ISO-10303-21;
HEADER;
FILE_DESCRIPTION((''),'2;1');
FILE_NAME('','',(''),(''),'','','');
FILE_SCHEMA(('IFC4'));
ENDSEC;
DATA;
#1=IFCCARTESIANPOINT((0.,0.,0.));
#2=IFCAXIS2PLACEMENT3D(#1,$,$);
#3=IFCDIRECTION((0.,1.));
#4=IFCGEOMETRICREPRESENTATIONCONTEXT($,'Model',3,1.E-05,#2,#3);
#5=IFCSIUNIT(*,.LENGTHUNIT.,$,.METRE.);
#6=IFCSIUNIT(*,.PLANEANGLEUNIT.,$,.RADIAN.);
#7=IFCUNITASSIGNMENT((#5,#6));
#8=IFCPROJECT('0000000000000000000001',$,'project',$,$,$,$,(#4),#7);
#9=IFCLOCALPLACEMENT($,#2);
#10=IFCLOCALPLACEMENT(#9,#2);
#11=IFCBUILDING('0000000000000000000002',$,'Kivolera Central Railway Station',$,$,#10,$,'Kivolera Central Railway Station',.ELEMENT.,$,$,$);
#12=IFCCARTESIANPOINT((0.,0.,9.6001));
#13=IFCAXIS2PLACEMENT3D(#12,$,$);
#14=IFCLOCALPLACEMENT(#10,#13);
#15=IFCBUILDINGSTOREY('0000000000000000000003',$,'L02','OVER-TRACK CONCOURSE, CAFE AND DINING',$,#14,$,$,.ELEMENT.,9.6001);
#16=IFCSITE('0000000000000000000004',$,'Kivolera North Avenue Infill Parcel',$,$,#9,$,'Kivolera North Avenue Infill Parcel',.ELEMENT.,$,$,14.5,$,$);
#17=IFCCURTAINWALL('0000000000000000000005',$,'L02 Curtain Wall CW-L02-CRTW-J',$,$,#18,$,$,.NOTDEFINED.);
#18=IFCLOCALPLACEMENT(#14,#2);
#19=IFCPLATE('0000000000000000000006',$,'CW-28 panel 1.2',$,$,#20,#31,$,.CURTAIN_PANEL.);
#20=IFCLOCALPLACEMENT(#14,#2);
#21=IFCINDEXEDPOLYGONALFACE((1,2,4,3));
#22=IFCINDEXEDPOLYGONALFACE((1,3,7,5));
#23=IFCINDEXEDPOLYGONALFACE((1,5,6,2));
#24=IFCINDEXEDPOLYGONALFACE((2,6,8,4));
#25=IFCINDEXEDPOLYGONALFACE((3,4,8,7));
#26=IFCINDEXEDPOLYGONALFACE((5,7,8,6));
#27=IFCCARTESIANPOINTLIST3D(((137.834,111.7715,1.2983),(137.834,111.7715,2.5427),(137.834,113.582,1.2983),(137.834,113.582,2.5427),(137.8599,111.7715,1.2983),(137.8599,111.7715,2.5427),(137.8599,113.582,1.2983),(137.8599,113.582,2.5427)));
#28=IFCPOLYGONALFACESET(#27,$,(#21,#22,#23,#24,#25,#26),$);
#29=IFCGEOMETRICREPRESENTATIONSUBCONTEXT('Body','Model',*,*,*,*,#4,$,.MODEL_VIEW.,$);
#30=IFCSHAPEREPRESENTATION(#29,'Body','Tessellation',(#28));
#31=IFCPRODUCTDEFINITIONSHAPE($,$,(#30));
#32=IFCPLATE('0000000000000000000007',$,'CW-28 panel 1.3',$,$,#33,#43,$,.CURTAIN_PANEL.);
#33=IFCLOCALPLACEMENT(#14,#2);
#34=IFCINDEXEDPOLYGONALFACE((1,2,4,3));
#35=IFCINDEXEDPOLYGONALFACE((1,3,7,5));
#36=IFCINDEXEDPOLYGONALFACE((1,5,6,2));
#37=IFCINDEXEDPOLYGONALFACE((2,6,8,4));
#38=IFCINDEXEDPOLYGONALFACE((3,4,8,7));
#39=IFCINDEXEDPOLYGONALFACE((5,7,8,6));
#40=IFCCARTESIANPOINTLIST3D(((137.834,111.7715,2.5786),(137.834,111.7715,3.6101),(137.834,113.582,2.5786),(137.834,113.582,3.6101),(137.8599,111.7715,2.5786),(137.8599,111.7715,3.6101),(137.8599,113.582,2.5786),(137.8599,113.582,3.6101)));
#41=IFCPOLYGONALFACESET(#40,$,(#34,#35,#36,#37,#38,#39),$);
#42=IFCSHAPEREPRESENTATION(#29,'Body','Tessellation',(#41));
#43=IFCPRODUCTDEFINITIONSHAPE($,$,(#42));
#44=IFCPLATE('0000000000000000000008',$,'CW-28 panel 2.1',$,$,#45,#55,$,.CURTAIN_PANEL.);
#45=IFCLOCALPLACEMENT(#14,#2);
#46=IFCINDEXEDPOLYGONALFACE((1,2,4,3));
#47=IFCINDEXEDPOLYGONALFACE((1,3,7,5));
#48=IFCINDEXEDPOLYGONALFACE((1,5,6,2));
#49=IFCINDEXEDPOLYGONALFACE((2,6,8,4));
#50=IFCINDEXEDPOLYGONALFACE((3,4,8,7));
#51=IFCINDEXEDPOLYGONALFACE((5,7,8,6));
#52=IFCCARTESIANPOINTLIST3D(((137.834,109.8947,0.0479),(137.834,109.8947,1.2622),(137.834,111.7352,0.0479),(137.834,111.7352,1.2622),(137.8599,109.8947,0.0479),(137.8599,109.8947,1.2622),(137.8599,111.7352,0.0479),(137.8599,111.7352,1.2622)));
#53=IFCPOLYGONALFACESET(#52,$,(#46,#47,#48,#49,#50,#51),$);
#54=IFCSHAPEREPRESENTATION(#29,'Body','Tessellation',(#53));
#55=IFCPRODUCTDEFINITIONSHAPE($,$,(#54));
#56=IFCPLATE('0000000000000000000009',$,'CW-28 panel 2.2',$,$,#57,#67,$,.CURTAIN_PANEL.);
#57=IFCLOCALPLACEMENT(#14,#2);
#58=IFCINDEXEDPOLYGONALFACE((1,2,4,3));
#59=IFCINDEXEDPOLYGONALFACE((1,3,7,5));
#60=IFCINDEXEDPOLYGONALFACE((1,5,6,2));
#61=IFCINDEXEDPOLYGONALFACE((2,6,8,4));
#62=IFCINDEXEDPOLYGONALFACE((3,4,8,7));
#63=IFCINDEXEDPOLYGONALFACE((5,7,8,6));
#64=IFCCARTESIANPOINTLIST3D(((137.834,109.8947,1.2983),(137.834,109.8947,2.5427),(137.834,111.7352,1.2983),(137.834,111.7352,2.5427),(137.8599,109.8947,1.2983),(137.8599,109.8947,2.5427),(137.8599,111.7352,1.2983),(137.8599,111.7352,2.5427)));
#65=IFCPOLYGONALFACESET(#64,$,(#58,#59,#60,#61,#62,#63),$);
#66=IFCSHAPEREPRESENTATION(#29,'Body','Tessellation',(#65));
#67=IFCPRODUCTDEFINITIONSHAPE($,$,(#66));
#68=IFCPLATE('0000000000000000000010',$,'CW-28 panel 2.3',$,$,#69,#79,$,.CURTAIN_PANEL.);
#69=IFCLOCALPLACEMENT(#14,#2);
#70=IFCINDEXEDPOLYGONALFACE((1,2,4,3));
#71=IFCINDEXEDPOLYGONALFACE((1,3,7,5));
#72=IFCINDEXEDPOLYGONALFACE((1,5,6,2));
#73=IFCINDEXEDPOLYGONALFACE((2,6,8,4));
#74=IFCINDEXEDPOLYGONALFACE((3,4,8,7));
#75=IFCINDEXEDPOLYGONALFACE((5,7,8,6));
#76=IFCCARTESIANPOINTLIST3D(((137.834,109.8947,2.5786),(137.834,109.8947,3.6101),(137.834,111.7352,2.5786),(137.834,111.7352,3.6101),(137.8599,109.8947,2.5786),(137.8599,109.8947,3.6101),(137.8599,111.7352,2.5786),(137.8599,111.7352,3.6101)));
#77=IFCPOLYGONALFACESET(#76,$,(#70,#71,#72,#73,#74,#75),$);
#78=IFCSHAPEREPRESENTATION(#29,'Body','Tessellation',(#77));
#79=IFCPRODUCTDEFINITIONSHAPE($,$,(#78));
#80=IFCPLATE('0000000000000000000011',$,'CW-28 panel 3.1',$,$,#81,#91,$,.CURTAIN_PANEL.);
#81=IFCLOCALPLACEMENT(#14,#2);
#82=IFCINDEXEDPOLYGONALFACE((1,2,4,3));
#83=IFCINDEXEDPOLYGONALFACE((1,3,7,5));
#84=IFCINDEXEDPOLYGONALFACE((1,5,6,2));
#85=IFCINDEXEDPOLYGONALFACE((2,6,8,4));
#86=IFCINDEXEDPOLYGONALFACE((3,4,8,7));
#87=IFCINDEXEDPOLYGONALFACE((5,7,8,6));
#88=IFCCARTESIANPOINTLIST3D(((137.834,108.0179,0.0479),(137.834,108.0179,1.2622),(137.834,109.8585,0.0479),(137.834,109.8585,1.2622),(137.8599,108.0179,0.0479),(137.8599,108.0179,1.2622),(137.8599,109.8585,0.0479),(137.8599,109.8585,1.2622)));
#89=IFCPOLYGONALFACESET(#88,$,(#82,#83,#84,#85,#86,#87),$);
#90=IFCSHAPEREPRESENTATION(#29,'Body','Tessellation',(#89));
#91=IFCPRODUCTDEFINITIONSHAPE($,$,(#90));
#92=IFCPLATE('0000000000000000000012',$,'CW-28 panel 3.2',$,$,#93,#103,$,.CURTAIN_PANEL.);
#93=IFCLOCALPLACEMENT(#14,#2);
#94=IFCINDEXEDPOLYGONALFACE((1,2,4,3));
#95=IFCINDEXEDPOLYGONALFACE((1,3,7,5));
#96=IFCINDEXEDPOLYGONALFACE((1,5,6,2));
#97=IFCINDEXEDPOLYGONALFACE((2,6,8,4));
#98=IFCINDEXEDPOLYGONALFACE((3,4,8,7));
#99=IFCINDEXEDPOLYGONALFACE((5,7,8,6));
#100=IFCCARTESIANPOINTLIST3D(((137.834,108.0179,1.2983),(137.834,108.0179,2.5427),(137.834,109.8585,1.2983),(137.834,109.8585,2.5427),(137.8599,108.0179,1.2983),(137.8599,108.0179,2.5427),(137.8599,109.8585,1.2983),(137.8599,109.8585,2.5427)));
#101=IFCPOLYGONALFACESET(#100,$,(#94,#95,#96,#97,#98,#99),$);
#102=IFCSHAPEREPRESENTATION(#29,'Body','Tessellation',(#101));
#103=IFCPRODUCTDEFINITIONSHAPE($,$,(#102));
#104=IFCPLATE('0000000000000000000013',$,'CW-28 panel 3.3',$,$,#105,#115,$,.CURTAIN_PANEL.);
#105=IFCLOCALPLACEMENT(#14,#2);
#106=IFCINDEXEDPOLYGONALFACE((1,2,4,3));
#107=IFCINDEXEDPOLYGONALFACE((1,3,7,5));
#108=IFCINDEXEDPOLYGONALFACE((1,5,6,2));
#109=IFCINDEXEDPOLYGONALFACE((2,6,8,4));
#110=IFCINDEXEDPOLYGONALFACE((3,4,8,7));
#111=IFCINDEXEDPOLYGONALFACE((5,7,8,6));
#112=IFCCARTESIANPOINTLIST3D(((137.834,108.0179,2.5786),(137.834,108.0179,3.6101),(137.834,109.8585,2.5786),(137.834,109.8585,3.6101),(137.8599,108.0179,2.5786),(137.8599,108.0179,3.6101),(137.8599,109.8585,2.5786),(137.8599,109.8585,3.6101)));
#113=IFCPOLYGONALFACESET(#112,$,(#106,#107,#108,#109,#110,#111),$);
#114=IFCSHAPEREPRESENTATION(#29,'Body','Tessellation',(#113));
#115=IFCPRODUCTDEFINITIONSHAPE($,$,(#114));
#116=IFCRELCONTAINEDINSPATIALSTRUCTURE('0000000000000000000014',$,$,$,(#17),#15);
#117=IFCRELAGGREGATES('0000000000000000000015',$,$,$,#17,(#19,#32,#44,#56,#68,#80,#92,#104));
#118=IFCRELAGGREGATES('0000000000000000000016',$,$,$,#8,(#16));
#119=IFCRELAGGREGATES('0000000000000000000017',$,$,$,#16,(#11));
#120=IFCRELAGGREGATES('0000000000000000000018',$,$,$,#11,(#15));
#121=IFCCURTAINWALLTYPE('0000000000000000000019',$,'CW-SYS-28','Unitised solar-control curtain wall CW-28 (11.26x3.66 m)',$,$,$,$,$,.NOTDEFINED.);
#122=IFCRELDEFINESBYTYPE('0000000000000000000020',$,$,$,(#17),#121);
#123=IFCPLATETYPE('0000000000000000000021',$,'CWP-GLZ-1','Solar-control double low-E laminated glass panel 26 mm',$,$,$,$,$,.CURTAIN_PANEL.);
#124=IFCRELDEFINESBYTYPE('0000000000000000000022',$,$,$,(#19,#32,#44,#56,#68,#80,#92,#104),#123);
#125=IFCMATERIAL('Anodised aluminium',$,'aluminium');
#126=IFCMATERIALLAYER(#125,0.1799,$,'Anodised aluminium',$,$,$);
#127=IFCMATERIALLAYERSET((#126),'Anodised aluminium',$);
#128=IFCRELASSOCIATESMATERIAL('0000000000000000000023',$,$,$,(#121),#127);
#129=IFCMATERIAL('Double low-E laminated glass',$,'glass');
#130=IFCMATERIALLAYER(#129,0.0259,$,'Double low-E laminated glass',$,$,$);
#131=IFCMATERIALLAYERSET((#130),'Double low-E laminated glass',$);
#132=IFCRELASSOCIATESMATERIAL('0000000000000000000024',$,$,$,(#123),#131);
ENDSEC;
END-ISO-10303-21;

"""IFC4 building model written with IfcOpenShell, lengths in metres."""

from ifc_helpers import new_model, si_unit, direction, frame, origin, origin_2d, place, context, subcontext, project, spatial, rectangle, extrude, material, layer, layer_set, type_object, element, aggregate, save


model = new_model("IFC4")

# Units and contexts
model_context = context("Model", 3, precision=1e-05, world=origin(), true_north=direction((0.0, 1.0)))
body_context = subcontext(model_context, "Body", "Model", "MODEL_VIEW")
ifc_project = project(units=[si_unit("LENGTHUNIT", "METRE"), si_unit("PLANEANGLEUNIT", "RADIAN")], contexts=[model_context])

# Site, building, storey
site_placement = place(None, origin())
site = spatial("IfcSite", under=ifc_project, at=site_placement, Name="Kivolera North Avenue Infill Parcel", LongName="Kivolera North Avenue Infill Parcel", CompositionType="ELEMENT", RefElevation=14.5)
building_placement = place(site_placement, origin())
building = spatial("IfcBuilding", under=site, at=building_placement, Name="Kivolera Central Railway Station", LongName="Kivolera Central Railway Station", CompositionType="ELEMENT")
storey_placement = place(building_placement, frame((0.0, 0.0, 9.6001)))
storey = spatial("IfcBuildingStorey", under=building, at=storey_placement, Name="L02", Description="OVER-TRACK CONCOURSE, CAFE AND DINING", CompositionType="ELEMENT", Elevation=9.6001)

# Shared definitions
ifc_material_1 = material(Name="Anodised aluminium", Category="aluminium")

# Curtain wall, plates
ifc_layer_1 = layer(ifc_material_1, 0.1799, Name="Anodised aluminium")
ifc_layer_set_1 = layer_set([ifc_layer_1], Name="Anodised aluminium")
curtain_wall_type_1 = type_object("IfcCurtainWallType", Name="CW-SYS-28", Description="Unitised solar-control curtain wall CW-28 (11.26x3.66 m)", PredefinedType="NOTDEFINED", material=ifc_layer_set_1)
curtain_wall_1_placement = place(storey_placement, origin())
curtain_wall_1 = element("IfcCurtainWall", 1, at=curtain_wall_1_placement, inside=storey, type_object=curtain_wall_type_1, Name="L02 Curtain Wall CW-L02-CRTW-J", PredefinedType="NOTDEFINED")
ifc_material_2 = material(Name="Double low-E laminated glass", Category="glass")
ifc_layer_2 = layer(ifc_material_2, 0.0259, Name="Double low-E laminated glass")
ifc_layer_set_2 = layer_set([ifc_layer_2], Name="Double low-E laminated glass")
plate_type = type_object("IfcPlateType", Name="CWP-GLZ-1", Description="Solar-control double low-E laminated glass panel 26 mm", PredefinedType="CURTAIN_PANEL", material=ifc_layer_set_2)
plate_1_placement = place(storey_placement, frame((137.8469, 112.6768, 1.2983), z_axis=(0.0, 0.0, 1.0), x_axis=(0.0, -1.0, 0.0)))
plate_1 = element("IfcPlate", 2, at=plate_1_placement, type_object=plate_type, Name="CW-28 panel 1.2", PredefinedType="CURTAIN_PANEL", context=body_context, shape_type="SweptSolid", body=[
    extrude(rectangle(XDim=1.8105, YDim=0.0259, at=origin_2d()), origin(), (0.0, 0.0, 1.0), 1.2444),
])
plate_2_placement = place(storey_placement, frame((137.8469, 112.6768, 2.5786), z_axis=(0.0, 0.0, 1.0), x_axis=(0.0, -1.0, 0.0)))
plate_2 = element("IfcPlate", 3, at=plate_2_placement, type_object=plate_type, Name="CW-28 panel 1.3", PredefinedType="CURTAIN_PANEL", context=body_context, shape_type="SweptSolid", body=[
    extrude(rectangle(XDim=1.8105, YDim=0.0259, at=origin_2d()), origin(), (0.0, 0.0, 1.0), 1.0315),
])
plate_3_placement = place(storey_placement, frame((137.8469, 110.8149, 0.0479), z_axis=(0.0, 0.0, 1.0), x_axis=(0.0, -1.0, 0.0)))
plate_3 = element("IfcPlate", 4, at=plate_3_placement, type_object=plate_type, Name="CW-28 panel 2.1", PredefinedType="CURTAIN_PANEL", context=body_context, shape_type="SweptSolid", body=[
    extrude(rectangle(XDim=1.8406, YDim=0.0259, at=origin_2d()), origin(), (0.0, 0.0, 1.0), 1.2144),
])
plate_4_placement = place(storey_placement, frame((137.8469, 110.8149, 1.2983), z_axis=(0.0, 0.0, 1.0), x_axis=(0.0, -1.0, 0.0)))
plate_4 = element("IfcPlate", 5, at=plate_4_placement, type_object=plate_type, Name="CW-28 panel 2.2", PredefinedType="CURTAIN_PANEL", context=body_context, shape_type="SweptSolid", body=[
    extrude(rectangle(XDim=1.8406, YDim=0.0259, at=origin_2d()), origin(), (0.0, 0.0, 1.0), 1.2444),
])
plate_5_placement = place(storey_placement, frame((137.8469, 110.8149, 2.5786), z_axis=(0.0, 0.0, 1.0), x_axis=(0.0, -1.0, 0.0)))
plate_5 = element("IfcPlate", 6, at=plate_5_placement, type_object=plate_type, Name="CW-28 panel 2.3", PredefinedType="CURTAIN_PANEL", context=body_context, shape_type="SweptSolid", body=[
    extrude(rectangle(XDim=1.8406, YDim=0.0259, at=origin_2d()), origin(), (0.0, 0.0, 1.0), 1.0315),
])
plate_6_placement = place(storey_placement, frame((137.8469, 108.9382, 0.0479), z_axis=(0.0, 0.0, 1.0), x_axis=(0.0, -1.0, 0.0)))
plate_6 = element("IfcPlate", 7, at=plate_6_placement, type_object=plate_type, Name="CW-28 panel 3.1", PredefinedType="CURTAIN_PANEL", context=body_context, shape_type="SweptSolid", body=[
    extrude(rectangle(XDim=1.8406, YDim=0.0259, at=origin_2d()), origin(), (0.0, 0.0, 1.0), 1.2144),
])
plate_7_placement = place(storey_placement, frame((137.8469, 108.9382, 1.2983), z_axis=(0.0, 0.0, 1.0), x_axis=(0.0, -1.0, 0.0)))
plate_7 = element("IfcPlate", 8, at=plate_7_placement, type_object=plate_type, Name="CW-28 panel 3.2", PredefinedType="CURTAIN_PANEL", context=body_context, shape_type="SweptSolid", body=[
    extrude(rectangle(XDim=1.8406, YDim=0.0259, at=origin_2d()), origin(), (0.0, 0.0, 1.0), 1.2444),
])
plate_8_placement = place(storey_placement, frame((137.8469, 108.9382, 2.5786), z_axis=(0.0, 0.0, 1.0), x_axis=(0.0, -1.0, 0.0)))
plate_8 = element("IfcPlate", 9, at=plate_8_placement, type_object=plate_type, Name="CW-28 panel 3.3", PredefinedType="CURTAIN_PANEL", context=body_context, shape_type="SweptSolid", body=[
    extrude(rectangle(XDim=1.8406, YDim=0.0259, at=origin_2d()), origin(), (0.0, 0.0, 1.0), 1.0315),
])
aggregate(curtain_wall_1, [plate_1, plate_2, plate_3, plate_4, plate_5, plate_6, plate_7, plate_8])

save(model, "model.ifc")
